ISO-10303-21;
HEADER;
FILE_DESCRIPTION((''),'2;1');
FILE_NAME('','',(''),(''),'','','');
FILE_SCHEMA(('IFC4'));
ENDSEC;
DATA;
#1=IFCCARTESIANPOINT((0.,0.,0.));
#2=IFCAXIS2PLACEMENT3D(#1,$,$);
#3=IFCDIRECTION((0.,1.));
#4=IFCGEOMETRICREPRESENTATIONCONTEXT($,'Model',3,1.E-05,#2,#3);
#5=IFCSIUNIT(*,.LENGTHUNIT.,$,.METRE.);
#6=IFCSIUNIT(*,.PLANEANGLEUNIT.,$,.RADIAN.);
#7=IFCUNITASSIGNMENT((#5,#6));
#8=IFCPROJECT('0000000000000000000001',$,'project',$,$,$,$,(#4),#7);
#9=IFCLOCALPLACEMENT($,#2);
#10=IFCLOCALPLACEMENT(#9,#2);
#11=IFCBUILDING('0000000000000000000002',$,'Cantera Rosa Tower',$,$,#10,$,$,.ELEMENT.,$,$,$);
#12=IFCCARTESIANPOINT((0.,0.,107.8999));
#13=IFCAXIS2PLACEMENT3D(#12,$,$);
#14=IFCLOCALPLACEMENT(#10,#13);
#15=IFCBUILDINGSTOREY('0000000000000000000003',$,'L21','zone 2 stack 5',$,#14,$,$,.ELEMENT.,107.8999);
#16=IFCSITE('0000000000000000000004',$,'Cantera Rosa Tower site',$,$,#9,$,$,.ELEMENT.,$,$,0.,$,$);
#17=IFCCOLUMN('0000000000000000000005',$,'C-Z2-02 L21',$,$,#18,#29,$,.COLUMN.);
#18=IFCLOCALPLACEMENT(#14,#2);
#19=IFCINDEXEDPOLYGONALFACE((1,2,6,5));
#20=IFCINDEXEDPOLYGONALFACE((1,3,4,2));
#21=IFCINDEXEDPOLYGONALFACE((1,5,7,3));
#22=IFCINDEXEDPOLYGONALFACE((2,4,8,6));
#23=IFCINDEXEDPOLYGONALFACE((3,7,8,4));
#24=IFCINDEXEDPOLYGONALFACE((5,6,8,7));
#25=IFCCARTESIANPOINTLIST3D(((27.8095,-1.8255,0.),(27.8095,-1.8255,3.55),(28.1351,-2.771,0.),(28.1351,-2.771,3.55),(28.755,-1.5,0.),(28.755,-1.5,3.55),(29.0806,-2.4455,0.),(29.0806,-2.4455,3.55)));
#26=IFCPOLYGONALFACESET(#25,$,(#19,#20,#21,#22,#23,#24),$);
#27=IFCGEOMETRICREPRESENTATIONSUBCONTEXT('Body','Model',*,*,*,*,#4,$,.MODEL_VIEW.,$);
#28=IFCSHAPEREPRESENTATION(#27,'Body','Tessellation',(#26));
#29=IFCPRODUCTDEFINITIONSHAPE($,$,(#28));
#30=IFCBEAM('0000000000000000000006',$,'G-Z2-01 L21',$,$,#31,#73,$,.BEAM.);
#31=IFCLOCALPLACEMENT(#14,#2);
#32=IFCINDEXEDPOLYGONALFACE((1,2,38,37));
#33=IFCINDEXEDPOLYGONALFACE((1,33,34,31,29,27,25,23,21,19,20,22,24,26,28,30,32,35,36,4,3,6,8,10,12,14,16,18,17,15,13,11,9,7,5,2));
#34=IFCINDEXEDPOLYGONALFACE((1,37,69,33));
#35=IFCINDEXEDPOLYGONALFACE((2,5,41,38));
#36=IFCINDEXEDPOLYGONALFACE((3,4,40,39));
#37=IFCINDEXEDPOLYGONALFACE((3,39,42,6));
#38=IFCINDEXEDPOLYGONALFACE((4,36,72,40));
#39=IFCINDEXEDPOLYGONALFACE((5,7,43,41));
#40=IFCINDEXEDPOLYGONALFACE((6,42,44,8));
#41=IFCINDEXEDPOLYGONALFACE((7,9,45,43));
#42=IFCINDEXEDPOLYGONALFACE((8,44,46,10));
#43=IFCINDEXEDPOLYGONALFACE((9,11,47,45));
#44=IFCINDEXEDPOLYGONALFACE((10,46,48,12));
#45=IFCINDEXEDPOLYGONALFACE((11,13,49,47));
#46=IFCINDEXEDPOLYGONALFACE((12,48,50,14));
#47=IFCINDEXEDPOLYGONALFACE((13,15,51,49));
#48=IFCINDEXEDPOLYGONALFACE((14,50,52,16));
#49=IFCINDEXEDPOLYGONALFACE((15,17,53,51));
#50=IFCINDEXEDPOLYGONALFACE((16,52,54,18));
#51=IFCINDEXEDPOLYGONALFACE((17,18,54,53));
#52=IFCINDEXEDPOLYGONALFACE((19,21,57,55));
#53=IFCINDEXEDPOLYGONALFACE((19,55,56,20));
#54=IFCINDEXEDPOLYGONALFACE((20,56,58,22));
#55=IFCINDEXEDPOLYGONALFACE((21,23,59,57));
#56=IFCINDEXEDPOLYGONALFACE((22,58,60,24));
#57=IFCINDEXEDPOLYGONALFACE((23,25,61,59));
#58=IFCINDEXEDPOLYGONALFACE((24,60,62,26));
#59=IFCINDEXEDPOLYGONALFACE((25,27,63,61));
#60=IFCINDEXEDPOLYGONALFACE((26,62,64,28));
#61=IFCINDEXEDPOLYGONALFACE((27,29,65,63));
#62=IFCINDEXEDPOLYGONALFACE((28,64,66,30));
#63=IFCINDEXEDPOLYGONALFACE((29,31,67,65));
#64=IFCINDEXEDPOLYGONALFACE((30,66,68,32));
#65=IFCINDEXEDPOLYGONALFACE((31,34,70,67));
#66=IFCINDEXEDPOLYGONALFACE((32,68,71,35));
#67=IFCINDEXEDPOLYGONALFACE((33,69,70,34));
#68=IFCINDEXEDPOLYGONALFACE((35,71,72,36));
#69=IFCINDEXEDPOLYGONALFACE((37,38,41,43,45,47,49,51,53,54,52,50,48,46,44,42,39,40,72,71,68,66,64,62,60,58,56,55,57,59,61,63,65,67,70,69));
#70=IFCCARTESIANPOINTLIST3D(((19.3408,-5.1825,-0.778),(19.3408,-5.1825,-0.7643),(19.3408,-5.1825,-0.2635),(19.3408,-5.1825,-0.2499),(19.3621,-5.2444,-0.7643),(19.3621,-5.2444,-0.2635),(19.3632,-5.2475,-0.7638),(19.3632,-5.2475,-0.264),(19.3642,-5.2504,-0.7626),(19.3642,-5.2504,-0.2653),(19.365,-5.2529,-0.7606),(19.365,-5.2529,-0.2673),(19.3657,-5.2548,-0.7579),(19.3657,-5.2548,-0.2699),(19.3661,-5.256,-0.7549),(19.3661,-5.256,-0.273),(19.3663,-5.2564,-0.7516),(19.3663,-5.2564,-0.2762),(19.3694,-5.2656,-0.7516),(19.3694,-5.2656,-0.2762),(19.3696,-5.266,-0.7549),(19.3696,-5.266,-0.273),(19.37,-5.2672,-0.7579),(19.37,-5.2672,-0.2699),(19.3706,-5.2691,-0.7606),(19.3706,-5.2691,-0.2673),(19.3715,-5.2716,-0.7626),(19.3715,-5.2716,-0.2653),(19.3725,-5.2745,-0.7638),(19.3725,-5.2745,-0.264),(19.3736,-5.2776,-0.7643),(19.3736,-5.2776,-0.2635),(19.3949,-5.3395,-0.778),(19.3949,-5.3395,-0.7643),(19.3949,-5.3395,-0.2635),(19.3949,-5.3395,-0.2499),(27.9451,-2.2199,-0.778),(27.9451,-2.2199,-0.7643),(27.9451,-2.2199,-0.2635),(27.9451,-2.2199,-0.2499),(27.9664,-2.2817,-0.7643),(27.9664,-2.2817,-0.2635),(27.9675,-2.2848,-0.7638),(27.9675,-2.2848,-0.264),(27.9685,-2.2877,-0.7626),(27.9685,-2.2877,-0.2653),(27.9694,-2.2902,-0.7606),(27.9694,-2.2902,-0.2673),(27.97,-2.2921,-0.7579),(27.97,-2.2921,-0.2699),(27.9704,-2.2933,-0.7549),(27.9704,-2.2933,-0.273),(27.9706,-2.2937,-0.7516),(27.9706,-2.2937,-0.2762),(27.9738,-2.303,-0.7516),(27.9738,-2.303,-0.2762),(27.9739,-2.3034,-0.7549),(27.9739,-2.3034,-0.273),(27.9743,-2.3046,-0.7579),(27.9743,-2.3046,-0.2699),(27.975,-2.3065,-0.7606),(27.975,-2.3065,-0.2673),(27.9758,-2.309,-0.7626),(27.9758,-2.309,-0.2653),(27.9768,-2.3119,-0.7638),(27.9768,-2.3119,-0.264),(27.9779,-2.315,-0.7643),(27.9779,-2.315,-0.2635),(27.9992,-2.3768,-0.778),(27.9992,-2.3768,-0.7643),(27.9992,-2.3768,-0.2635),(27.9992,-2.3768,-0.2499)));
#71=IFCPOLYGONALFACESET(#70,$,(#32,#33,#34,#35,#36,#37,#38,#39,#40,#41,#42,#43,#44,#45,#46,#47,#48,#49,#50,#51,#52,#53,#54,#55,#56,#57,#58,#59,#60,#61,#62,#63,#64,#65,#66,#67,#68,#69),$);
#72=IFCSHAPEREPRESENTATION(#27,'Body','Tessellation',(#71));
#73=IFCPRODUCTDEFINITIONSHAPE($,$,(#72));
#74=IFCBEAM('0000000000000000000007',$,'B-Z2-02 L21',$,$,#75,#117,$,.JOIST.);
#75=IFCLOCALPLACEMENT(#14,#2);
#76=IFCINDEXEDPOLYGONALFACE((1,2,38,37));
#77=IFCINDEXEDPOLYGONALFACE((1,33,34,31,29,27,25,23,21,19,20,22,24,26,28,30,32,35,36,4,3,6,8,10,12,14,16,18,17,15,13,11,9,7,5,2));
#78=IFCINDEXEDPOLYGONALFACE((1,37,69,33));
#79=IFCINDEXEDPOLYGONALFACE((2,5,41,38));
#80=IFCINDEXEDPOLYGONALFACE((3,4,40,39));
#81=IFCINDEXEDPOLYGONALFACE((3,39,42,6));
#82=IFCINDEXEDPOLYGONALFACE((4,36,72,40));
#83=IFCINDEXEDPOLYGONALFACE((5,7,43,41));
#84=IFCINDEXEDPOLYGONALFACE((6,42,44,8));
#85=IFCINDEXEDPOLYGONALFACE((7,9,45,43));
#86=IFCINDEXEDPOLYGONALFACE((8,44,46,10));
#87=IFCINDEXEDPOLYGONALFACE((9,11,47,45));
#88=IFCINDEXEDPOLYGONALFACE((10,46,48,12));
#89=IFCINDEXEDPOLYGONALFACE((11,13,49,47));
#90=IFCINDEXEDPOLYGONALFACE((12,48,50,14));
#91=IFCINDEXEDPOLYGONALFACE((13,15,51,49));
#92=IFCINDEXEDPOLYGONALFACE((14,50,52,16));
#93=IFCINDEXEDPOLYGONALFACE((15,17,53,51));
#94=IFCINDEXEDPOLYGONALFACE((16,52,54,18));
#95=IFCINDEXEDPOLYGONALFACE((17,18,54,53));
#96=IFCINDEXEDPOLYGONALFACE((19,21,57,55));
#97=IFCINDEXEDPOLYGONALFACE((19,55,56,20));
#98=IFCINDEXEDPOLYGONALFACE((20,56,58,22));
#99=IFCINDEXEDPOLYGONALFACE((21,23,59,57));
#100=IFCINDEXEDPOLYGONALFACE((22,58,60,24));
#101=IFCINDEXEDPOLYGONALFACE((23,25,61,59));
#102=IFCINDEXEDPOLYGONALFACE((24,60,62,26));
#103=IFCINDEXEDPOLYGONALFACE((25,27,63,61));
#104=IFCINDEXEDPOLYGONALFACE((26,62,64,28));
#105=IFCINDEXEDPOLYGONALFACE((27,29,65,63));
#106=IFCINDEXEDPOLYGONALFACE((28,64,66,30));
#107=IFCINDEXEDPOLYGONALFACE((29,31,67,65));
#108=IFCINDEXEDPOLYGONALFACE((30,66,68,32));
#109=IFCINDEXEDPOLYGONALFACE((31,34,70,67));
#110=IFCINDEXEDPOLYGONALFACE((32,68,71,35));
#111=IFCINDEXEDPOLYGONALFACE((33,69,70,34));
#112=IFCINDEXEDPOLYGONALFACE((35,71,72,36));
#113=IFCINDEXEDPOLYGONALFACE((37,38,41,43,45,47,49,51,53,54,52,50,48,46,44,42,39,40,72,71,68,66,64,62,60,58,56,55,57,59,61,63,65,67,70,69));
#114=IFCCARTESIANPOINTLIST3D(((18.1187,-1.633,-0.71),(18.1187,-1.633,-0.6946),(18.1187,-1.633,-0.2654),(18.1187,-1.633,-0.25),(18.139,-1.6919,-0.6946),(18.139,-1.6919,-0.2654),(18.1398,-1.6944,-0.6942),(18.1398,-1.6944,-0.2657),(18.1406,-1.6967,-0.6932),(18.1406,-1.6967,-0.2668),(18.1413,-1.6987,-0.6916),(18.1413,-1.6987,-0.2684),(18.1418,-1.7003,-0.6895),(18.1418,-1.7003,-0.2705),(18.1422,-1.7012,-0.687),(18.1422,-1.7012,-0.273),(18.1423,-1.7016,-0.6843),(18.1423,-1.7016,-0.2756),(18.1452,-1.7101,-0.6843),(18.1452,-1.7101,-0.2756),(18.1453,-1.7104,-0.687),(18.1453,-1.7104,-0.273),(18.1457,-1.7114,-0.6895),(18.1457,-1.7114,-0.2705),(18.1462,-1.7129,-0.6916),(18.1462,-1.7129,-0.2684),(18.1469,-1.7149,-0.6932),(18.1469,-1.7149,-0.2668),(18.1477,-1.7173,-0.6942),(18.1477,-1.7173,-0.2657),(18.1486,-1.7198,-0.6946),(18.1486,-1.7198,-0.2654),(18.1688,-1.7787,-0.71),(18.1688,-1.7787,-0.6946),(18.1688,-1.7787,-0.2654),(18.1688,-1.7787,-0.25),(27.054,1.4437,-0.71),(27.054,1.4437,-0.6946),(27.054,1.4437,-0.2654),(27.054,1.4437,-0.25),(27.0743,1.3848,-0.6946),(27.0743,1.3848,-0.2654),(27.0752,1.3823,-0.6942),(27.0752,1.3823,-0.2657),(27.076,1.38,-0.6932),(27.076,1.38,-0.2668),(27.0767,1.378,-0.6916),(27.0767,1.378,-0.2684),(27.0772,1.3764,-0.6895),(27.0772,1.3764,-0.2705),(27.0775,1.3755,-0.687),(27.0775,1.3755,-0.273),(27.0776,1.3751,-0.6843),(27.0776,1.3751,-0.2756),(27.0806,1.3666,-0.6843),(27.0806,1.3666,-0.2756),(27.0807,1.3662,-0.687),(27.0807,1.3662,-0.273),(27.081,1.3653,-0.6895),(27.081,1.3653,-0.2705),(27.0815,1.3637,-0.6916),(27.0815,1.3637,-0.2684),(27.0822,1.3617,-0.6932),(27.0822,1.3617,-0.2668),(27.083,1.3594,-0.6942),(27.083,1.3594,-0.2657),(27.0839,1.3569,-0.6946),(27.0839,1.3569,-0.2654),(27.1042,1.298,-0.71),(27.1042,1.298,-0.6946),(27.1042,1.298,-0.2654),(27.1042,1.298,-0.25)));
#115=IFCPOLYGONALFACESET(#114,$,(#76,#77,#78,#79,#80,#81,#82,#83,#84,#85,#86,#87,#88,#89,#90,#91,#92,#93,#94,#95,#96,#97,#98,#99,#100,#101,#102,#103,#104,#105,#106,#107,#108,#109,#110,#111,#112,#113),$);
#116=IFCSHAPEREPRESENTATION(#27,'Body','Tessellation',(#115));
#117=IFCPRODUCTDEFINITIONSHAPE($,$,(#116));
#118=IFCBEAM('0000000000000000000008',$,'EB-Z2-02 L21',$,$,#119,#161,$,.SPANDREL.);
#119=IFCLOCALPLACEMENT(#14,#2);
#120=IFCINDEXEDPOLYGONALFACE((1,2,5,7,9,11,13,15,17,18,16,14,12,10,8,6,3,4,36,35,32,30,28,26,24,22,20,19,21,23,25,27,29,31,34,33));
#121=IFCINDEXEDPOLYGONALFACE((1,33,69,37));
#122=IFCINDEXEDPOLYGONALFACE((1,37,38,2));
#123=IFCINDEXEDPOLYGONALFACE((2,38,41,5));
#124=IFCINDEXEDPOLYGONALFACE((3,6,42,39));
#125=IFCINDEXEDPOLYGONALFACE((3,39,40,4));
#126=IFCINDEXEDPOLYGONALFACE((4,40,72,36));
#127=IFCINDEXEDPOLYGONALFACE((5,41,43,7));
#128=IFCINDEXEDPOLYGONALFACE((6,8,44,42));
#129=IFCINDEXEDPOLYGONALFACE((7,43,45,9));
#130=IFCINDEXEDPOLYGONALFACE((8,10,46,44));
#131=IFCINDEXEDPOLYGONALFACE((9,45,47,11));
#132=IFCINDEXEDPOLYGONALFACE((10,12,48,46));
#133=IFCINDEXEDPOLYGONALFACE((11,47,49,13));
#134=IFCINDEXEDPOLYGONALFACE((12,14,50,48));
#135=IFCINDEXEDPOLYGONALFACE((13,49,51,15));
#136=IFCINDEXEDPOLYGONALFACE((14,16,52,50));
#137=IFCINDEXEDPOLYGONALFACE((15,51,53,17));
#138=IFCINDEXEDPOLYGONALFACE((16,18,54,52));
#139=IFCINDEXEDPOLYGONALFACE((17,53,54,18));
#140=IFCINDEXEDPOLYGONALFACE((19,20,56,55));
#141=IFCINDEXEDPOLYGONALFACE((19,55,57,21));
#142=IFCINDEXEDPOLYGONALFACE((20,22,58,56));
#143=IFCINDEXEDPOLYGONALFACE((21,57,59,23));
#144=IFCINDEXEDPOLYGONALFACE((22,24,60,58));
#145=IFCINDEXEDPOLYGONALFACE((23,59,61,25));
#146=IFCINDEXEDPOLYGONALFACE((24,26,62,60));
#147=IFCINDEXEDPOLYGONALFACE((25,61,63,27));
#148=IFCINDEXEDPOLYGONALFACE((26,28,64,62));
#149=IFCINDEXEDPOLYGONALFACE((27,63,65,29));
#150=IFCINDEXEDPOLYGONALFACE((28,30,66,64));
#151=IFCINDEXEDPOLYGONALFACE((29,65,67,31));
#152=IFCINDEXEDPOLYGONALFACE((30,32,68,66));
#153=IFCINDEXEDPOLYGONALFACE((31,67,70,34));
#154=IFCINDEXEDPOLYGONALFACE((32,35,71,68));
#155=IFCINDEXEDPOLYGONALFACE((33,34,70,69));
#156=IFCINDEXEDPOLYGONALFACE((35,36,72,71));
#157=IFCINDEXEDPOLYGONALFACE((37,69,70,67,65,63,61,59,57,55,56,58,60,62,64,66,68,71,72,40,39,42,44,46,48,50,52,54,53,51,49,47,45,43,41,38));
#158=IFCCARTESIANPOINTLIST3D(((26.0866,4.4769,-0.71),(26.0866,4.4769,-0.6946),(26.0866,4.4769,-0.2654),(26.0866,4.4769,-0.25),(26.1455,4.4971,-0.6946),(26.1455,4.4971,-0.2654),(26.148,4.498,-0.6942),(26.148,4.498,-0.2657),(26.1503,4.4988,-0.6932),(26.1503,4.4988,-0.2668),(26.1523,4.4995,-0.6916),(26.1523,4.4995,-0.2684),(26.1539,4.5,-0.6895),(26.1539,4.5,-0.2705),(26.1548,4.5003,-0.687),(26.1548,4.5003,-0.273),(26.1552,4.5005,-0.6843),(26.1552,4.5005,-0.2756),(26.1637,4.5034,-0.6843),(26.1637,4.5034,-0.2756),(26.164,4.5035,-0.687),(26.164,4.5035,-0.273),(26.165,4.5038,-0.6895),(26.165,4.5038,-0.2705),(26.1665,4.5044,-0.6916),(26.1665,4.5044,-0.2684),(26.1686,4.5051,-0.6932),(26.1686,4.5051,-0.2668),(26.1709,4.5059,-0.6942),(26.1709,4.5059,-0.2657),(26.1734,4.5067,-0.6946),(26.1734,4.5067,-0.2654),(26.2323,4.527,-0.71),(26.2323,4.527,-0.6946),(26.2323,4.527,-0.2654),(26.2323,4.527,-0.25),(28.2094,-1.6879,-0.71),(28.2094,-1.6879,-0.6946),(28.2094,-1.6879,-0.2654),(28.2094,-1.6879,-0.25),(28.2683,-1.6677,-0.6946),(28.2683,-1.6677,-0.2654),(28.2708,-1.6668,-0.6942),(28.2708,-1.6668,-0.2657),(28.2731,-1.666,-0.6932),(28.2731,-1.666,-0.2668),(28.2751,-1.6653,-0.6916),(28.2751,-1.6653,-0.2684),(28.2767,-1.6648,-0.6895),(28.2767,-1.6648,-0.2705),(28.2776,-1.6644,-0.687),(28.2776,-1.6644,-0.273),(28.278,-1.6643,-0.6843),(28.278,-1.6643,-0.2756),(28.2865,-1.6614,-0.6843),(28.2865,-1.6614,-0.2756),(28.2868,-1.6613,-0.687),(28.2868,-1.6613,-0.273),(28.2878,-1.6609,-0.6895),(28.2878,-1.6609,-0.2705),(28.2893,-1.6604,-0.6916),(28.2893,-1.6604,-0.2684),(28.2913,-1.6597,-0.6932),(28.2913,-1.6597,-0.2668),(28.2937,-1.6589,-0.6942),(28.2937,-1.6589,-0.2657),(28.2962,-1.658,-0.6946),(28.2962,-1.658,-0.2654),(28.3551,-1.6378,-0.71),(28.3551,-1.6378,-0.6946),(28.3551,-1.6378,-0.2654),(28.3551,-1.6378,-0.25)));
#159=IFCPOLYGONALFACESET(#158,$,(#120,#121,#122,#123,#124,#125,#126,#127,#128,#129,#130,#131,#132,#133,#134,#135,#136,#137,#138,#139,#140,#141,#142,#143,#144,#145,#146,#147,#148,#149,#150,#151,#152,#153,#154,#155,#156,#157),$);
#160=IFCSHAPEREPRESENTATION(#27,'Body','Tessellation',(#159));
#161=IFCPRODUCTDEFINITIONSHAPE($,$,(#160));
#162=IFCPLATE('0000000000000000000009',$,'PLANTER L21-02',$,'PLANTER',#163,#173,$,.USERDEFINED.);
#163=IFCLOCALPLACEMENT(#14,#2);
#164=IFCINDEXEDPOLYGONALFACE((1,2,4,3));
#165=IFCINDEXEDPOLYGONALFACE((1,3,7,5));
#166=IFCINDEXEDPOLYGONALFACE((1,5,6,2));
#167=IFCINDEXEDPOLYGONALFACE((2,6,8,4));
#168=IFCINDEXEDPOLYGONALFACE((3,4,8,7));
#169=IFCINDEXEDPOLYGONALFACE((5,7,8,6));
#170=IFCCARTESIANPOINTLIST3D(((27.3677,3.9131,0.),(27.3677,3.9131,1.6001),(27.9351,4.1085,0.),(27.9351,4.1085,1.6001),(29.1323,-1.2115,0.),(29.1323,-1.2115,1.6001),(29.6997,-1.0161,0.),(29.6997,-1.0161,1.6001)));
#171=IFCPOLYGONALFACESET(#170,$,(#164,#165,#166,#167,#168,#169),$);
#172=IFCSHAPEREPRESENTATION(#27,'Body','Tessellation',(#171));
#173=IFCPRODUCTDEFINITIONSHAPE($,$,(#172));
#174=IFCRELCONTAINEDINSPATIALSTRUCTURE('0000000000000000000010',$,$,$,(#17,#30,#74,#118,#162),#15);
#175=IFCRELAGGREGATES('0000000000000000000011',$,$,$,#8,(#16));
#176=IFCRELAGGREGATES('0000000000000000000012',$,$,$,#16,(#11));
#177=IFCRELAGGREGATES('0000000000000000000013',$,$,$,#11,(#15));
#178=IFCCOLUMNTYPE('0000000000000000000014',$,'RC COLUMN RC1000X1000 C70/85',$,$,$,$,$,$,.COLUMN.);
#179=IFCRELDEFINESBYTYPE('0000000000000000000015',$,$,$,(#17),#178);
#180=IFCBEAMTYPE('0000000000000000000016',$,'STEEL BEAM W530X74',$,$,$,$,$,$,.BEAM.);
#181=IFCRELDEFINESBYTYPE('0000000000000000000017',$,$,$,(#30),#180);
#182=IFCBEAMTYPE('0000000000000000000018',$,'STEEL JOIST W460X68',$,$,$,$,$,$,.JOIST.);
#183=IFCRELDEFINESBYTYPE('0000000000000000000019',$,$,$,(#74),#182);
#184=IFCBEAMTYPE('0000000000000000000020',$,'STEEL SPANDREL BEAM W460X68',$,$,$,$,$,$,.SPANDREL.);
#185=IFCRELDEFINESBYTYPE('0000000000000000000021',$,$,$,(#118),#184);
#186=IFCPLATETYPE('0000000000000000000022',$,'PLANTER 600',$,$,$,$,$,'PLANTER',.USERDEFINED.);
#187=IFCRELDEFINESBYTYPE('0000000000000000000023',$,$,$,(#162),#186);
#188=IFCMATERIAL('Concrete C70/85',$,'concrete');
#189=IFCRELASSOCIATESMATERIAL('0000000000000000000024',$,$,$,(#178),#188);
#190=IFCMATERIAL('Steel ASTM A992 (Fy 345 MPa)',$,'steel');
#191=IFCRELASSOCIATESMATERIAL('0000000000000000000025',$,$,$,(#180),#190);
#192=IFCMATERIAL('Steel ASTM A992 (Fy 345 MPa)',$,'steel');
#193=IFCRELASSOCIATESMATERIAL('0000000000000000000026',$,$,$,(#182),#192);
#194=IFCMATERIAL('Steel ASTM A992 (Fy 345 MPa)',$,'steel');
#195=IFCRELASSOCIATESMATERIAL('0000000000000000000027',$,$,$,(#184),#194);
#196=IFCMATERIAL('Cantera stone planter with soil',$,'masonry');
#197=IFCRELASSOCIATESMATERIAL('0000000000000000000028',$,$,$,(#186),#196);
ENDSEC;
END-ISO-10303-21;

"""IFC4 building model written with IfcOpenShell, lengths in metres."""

from ifc_helpers import new_model, si_unit, direction, frame, origin, origin_2d, place, context, subcontext, project, spatial, rectangle, i_section, extrude, material, material_profile, profile_set, type_object, element, save


model = new_model("IFC4")

# Units and contexts
model_context = context("Model", 3, precision=1e-05, world=origin(), true_north=direction((0.0, 1.0)))
body_context = subcontext(model_context, "Body", "Model", "MODEL_VIEW")
ifc_project = project(units=[si_unit("LENGTHUNIT", "METRE"), si_unit("PLANEANGLEUNIT", "RADIAN")], contexts=[model_context])

# Site, building, storey
site_placement = place(None, origin())
site = spatial("IfcSite", under=ifc_project, at=site_placement, Name="Cantera Rosa Tower site", CompositionType="ELEMENT", RefElevation=0.0)
building_placement = place(site_placement, origin())
building = spatial("IfcBuilding", under=site, at=building_placement, Name="Cantera Rosa Tower", CompositionType="ELEMENT")
storey_placement = place(building_placement, frame((0.0, 0.0, 107.8999)))
storey = spatial("IfcBuildingStorey", under=building, at=storey_placement, Name="L21", Description="zone 2 stack 5", CompositionType="ELEMENT", Elevation=107.8999)

# Column
ifc_material_1 = material(Name="Concrete C70/85", Category="concrete")
ifc_material_profile_1 = material_profile(ifc_material_1, rectangle(XDim=1.0, YDim=1.0, at=origin_2d()), Name="RC COLUMN RC1000X1000 C70/85")
ifc_profile_set_1 = profile_set([ifc_material_profile_1], Name="Concrete C70/85")
column_type = type_object("IfcColumnType", Name="RC COLUMN RC1000X1000 C70/85", PredefinedType="COLUMN", material=ifc_profile_set_1)
column_placement = place(storey_placement, frame((28.4451, -2.1355, 0.0), z_axis=(0.0, 0.0, 1.0), x_axis=(0.945519, 0.325568, 0.0)))
element("IfcColumn", 1, at=column_placement, inside=storey, type_object=column_type, Name="C-Z2-02 L21", PredefinedType="COLUMN", context=body_context, shape_type="SweptSolid", body=[
    extrude(rectangle(XDim=1.0, YDim=1.0, at=origin_2d()), origin(), (0.0, 0.0, 1.0), 3.55),
])

# Beams
ifc_material_2 = material(Name="Steel ASTM A992 (Fy 345 MPa)", Category="steel")
ifc_material_profile_2 = material_profile(ifc_material_2, i_section(OverallWidth=0.166, OverallDepth=0.5281, WebThickness=0.0098, FlangeThickness=0.0137, FilletRadius=0.0127, at=origin_2d()), Name="W530X74")
ifc_profile_set_2 = profile_set([ifc_material_profile_2], Name="Steel ASTM A992 (Fy 345 MPa)")
beam_type_1 = type_object("IfcBeamType", Name="STEEL BEAM W530X74", PredefinedType="BEAM", material=ifc_profile_set_2)
beam_1_placement = place(storey_placement, frame((27.9722, -2.2983, -0.5139), z_axis=(-0.94552, -0.325565, 0.0), x_axis=(0.325565, -0.94552, 0.0)))
element("IfcBeam", 2, at=beam_1_placement, inside=storey, type_object=beam_type_1, Name="G-Z2-01 L21", PredefinedType="BEAM", context=body_context, shape_type="SweptSolid", body=[
    extrude(i_section(OverallWidth=0.166, OverallDepth=0.5281, WebThickness=0.0098, FlangeThickness=0.0137, FilletRadius=0.0127, at=origin_2d()), origin(), (0.0, 0.0, 1.0), 9.1001),
])
ifc_material_3 = material(Name="Steel ASTM A992 (Fy 345 MPa)", Category="steel")
ifc_material_profile_3 = material_profile(ifc_material_3, i_section(OverallWidth=0.1541, OverallDepth=0.46, WebThickness=0.009, FlangeThickness=0.0154, FilletRadius=0.0103, at=origin_2d()), Name="W460X68")
ifc_profile_set_3 = profile_set([ifc_material_profile_3], Name="Steel ASTM A992 (Fy 345 MPa)")
beam_type_2 = type_object("IfcBeamType", Name="STEEL JOIST W460X68", PredefinedType="JOIST", material=ifc_profile_set_3)
beam_2_placement = place(storey_placement, frame((27.0791, 1.3708, -0.48), z_axis=(-0.945519, -0.325567, 0.0), x_axis=(0.325567, -0.945519, 0.0)))
element("IfcBeam", 3, at=beam_2_placement, inside=storey, type_object=beam_type_2, Name="B-Z2-02 L21", PredefinedType="JOIST", context=body_context, shape_type="SweptSolid", body=[
    extrude(i_section(OverallWidth=0.1541, OverallDepth=0.46, WebThickness=0.009, FlangeThickness=0.0154, FilletRadius=0.0103, at=origin_2d()), origin(), (0.0, 0.0, 1.0), 9.4502),
])
ifc_material_4 = material(Name="Steel ASTM A992 (Fy 345 MPa)", Category="steel")
ifc_material_profile_4 = material_profile(ifc_material_4, i_section(OverallWidth=0.1541, OverallDepth=0.46, WebThickness=0.009, FlangeThickness=0.0154, FilletRadius=0.0103, at=origin_2d()), Name="W460X68")
ifc_profile_set_4 = profile_set([ifc_material_profile_4], Name="Steel ASTM A992 (Fy 345 MPa)")
beam_type_3 = type_object("IfcBeamType", Name="STEEL SPANDREL BEAM W460X68", PredefinedType="SPANDREL", material=ifc_profile_set_4)
beam_3_placement = place(storey_placement, frame((28.2822, -1.6628, -0.48), z_axis=(-0.325581, 0.945514, 0.0), x_axis=(-0.945514, -0.325581, 0.0)))
element("IfcBeam", 4, at=beam_3_placement, inside=storey, type_object=beam_type_3, Name="EB-Z2-02 L21", PredefinedType="SPANDREL", context=body_context, shape_type="SweptSolid", body=[
    extrude(i_section(OverallWidth=0.1541, OverallDepth=0.46, WebThickness=0.009, FlangeThickness=0.0154, FilletRadius=0.0103, at=origin_2d()), origin(), (0.0, 0.0, 1.0), 6.52),
])

# Plate
ifc_material_5 = material(Name="Cantera stone planter with soil", Category="masonry")
plate_type = type_object("IfcPlateType", Name="PLANTER 600", ElementType="PLANTER", PredefinedType="USERDEFINED", material=ifc_material_5)
plate_placement = place(storey_placement, frame((28.5337, 1.4485, 0.0), z_axis=(0.0, 0.0, 1.0), x_axis=(-0.325568, 0.945519, 0.0)))
element("IfcPlate", 5, at=plate_placement, inside=storey, type_object=plate_type, Name="PLANTER L21-02", ObjectType="PLANTER", PredefinedType="USERDEFINED", context=body_context, shape_type="SweptSolid", body=[
    extrude(rectangle(XDim=5.4199, YDim=0.6001, at=origin_2d()), origin(), (0.0, 0.0, 1.0), 1.6001),
])

save(model, "model.ifc")
